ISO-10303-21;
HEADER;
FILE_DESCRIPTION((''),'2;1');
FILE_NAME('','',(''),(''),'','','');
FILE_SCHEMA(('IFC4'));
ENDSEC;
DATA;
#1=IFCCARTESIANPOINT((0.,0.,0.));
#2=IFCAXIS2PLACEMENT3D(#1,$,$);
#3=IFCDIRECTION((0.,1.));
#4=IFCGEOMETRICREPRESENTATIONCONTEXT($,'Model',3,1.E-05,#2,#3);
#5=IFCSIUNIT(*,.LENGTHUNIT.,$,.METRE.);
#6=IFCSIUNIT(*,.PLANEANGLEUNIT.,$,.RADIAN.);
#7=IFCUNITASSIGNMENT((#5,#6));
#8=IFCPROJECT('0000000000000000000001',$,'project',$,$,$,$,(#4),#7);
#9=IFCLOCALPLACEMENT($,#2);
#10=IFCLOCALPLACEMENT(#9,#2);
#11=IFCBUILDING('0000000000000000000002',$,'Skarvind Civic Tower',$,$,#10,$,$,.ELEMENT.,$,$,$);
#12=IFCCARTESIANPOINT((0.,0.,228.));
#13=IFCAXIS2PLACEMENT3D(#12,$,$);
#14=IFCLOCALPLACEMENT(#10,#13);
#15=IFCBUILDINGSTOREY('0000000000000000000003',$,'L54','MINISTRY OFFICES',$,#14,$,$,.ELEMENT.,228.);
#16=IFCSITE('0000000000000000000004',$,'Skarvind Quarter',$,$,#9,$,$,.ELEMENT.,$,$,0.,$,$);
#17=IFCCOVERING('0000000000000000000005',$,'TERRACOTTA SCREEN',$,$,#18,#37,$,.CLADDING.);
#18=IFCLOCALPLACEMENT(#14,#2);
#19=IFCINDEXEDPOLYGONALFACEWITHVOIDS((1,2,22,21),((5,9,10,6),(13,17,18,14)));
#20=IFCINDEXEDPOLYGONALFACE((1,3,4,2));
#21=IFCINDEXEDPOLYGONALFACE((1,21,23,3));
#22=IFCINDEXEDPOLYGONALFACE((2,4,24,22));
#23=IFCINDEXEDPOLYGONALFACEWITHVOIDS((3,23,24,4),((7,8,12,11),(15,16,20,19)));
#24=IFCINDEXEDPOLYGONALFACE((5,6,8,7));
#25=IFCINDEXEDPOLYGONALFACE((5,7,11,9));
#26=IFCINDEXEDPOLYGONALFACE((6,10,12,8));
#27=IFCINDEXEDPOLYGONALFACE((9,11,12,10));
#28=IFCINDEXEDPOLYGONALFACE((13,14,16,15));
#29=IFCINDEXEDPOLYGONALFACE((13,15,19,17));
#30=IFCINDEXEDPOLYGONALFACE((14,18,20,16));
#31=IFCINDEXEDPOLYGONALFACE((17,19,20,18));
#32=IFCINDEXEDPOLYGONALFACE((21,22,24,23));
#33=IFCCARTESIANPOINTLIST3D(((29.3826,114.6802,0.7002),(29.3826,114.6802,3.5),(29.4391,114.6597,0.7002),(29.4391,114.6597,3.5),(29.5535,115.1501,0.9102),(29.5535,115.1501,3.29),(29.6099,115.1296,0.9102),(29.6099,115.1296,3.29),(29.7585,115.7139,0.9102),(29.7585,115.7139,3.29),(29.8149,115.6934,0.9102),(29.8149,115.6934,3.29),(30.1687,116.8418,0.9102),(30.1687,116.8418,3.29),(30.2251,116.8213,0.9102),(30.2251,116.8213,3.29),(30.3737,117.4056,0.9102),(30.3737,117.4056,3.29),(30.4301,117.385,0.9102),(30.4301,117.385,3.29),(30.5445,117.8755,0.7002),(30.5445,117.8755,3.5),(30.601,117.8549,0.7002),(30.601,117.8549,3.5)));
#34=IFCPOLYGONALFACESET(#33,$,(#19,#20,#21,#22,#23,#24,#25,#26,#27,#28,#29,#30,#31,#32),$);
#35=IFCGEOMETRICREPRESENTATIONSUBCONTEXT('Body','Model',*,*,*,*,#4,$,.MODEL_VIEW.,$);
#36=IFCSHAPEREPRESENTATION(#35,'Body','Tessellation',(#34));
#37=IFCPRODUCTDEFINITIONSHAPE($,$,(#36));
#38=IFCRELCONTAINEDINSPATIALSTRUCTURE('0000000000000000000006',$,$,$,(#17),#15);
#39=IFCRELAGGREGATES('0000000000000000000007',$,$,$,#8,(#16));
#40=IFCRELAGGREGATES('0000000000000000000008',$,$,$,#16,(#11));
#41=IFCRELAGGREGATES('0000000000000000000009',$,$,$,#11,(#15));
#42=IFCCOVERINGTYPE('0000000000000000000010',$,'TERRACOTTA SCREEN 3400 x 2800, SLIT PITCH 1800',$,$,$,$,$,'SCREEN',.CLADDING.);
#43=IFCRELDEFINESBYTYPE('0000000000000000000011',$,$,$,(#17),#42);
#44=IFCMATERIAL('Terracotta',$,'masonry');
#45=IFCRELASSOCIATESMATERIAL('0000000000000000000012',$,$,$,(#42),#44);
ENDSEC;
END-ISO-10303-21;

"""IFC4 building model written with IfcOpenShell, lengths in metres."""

from ifc_helpers import new_model, si_unit, direction, frame, origin, place, context, subcontext, project, spatial, polyline, outline, extrude, material, material_profile, profile_set, type_object, element, save


model = new_model("IFC4")

# Units and contexts
model_context = context("Model", 3, precision=1e-05, world=origin(), true_north=direction((0.0, 1.0)))
body_context = subcontext(model_context, "Body", "Model", "MODEL_VIEW")
ifc_project = project(units=[si_unit("LENGTHUNIT", "METRE"), si_unit("PLANEANGLEUNIT", "RADIAN")], contexts=[model_context])

# Site, building, storey
site_placement = place(None, origin())
site = spatial("IfcSite", under=ifc_project, at=site_placement, Name="Skarvind Quarter", CompositionType="ELEMENT", RefElevation=0.0)
building_placement = place(site_placement, origin())
building = spatial("IfcBuilding", under=site, at=building_placement, Name="Skarvind Civic Tower", CompositionType="ELEMENT")
storey_placement = place(building_placement, frame((0.0, 0.0, 228.0)))
storey = spatial("IfcBuildingStorey", under=building, at=storey_placement, Name="L54", Description="MINISTRY OFFICES", CompositionType="ELEMENT", Elevation=228.0)

# Covering
ifc_material_1 = material(Name="Terracotta", Category="masonry")
ifc_material_profile_1 = material_profile(ifc_material_1, outline(polyline([(-1.7, -1.3999), (1.7, -1.3999), (1.7, 1.3999), (-1.7, 1.3999), (-1.7, -1.3999)]), holes=[polyline([(-1.2, -1.1899), (-0.6001, -1.1899), (-0.6001, 1.1899), (-1.2, 1.1899), (-1.2, -1.1899)]), polyline([(0.6001, -1.1899), (1.2, -1.1899), (1.2, 1.1899), (0.6001, 1.1899), (0.6001, -1.1899)])]), Name="TERRACOTTA SCREEN 3400 x 2800, SLIT PITCH 1800")
ifc_profile_set_1 = profile_set([ifc_material_profile_1], Name="Terracotta")
covering_type = type_object("IfcCoveringType", Name="TERRACOTTA SCREEN 3400 x 2800, SLIT PITCH 1800", ElementType="SCREEN", PredefinedType="CLADDING", material=ifc_profile_set_1)
covering_placement = place(storey_placement, frame((30.02, 116.2573, 2.1001), z_axis=(-0.939793, 0.341743, 0.0), x_axis=(-0.341743, -0.939793, 0.0)))
element("IfcCovering", 1, at=covering_placement, inside=storey, type_object=covering_type, Name="TERRACOTTA SCREEN", PredefinedType="CLADDING", context=body_context, shape_type="SweptSolid", body=[
    extrude(outline(polyline([(-1.7, -1.3999), (1.7, -1.3999), (1.7, 1.3999), (-1.7, 1.3999), (-1.7, -1.3999)]), holes=[polyline([(-1.2, -1.1899), (-0.6001, -1.1899), (-0.6001, 1.1899), (-1.2, 1.1899), (-1.2, -1.1899)]), polyline([(0.6001, -1.1899), (1.2, -1.1899), (1.2, 1.1899), (0.6001, 1.1899), (0.6001, -1.1899)])]), origin(), (0.0, 0.0, 1.0), 0.0601),
])

save(model, "model.ifc")
